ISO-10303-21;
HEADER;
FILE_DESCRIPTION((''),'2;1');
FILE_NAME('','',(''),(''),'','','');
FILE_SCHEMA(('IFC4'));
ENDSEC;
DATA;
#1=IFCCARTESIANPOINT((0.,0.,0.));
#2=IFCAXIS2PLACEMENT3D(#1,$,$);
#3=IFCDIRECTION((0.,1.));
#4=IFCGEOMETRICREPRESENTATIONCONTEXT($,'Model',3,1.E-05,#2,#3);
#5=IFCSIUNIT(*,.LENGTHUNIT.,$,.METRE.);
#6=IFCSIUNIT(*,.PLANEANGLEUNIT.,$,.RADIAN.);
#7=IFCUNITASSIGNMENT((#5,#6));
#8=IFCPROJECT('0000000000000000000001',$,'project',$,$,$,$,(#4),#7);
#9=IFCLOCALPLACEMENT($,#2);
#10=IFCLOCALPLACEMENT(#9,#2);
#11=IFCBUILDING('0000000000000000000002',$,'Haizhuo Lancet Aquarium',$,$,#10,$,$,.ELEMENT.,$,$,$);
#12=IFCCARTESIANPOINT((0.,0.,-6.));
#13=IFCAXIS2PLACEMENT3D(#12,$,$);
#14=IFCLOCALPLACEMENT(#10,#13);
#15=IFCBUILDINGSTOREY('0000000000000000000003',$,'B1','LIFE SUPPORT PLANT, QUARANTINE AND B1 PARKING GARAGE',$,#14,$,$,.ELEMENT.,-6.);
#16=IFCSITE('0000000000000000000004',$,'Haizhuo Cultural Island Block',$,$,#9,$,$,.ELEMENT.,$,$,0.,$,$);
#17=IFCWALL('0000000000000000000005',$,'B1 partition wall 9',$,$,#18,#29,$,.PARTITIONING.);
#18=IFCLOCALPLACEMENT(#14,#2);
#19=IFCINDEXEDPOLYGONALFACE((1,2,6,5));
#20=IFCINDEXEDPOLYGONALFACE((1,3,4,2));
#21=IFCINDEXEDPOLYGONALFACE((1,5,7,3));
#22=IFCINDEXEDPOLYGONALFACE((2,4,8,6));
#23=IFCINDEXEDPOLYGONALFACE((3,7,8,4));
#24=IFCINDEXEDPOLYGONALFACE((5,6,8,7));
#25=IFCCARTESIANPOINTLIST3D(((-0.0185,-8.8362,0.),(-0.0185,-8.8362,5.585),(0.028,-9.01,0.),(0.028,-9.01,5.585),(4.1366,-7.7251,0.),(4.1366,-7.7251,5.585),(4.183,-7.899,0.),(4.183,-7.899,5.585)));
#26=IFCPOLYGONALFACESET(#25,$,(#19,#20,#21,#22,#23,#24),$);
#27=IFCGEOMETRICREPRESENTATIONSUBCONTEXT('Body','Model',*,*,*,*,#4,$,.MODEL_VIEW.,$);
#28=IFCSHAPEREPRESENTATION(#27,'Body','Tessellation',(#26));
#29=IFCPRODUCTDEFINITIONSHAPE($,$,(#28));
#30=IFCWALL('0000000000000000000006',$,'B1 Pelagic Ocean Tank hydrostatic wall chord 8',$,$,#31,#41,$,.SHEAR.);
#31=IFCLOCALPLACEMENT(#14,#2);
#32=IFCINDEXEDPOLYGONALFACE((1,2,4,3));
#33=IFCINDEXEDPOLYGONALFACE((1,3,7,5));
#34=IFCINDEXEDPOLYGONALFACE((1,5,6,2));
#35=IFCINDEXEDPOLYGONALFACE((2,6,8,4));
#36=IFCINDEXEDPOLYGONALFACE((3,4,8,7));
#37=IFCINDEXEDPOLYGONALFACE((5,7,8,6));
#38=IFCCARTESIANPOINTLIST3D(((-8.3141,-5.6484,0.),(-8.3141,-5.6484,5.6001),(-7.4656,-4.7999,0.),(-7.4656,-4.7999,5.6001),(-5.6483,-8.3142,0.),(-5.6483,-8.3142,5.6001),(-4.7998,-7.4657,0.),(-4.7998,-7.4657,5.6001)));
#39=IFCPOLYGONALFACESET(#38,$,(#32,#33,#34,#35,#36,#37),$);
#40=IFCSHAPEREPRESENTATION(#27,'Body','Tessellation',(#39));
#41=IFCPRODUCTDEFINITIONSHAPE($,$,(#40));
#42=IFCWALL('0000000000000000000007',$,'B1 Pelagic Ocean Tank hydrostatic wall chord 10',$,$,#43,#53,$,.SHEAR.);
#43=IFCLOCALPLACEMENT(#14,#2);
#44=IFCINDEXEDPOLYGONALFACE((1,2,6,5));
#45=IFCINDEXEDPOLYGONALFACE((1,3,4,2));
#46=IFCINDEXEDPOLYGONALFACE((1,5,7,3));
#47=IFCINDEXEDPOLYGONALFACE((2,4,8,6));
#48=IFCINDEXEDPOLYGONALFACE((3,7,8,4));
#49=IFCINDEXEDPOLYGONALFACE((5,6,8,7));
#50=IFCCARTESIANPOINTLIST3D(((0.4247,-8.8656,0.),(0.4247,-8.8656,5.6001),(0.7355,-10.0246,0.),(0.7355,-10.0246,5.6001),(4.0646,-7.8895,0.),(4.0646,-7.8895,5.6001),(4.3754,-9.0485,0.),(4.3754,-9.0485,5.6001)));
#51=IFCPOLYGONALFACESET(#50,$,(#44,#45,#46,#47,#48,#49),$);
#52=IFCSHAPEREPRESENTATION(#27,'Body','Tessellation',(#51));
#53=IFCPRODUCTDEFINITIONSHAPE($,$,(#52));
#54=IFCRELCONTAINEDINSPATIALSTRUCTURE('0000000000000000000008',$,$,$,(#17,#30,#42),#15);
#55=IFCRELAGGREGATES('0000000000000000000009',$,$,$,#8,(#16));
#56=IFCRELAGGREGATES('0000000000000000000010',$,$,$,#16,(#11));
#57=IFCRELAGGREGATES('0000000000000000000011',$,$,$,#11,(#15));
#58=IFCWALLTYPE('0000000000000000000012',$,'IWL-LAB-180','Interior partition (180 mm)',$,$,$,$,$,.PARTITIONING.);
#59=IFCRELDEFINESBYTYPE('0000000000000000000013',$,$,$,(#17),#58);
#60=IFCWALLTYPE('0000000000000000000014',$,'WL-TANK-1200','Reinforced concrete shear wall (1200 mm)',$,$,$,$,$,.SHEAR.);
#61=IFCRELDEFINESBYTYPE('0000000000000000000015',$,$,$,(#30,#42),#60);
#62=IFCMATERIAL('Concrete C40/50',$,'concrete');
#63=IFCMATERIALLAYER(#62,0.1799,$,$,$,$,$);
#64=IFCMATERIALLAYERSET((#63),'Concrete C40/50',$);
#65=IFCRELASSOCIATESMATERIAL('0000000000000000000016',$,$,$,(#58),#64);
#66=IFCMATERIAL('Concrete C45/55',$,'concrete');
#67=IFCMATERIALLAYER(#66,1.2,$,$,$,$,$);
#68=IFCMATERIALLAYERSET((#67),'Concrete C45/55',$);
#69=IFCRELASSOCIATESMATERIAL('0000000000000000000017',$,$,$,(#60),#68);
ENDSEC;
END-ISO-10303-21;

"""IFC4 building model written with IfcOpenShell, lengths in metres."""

from ifc_helpers import new_model, si_unit, direction, frame, frame_2d, origin, place, context, subcontext, project, spatial, rectangle, extrude, material, layer, layer_set, type_object, element, save


model = new_model("IFC4")

# Units and contexts
model_context = context("Model", 3, precision=1e-05, world=origin(), true_north=direction((0.0, 1.0)))
body_context = subcontext(model_context, "Body", "Model", "MODEL_VIEW")
ifc_project = project(units=[si_unit("LENGTHUNIT", "METRE"), si_unit("PLANEANGLEUNIT", "RADIAN")], contexts=[model_context])

# Site, building, storey
site_placement = place(None, origin())
site = spatial("IfcSite", under=ifc_project, at=site_placement, Name="Haizhuo Cultural Island Block", CompositionType="ELEMENT", RefElevation=0.0)
building_placement = place(site_placement, origin())
building = spatial("IfcBuilding", under=site, at=building_placement, Name="Haizhuo Lancet Aquarium", CompositionType="ELEMENT")
storey_placement = place(building_placement, frame((0.0, 0.0, -6.0)))
storey = spatial("IfcBuildingStorey", under=building, at=storey_placement, Name="B1", Description="LIFE SUPPORT PLANT, QUARANTINE AND B1 PARKING GARAGE", CompositionType="ELEMENT", Elevation=-6.0)

# Shared definitions
ifc_material_1 = material(Name="Concrete C40/50", Category="concrete")

# Walls
ifc_layer_1 = layer(ifc_material_1, 0.1799)
ifc_layer_set_1 = layer_set([ifc_layer_1], Name="Concrete C40/50")
wall_type_1 = type_object("IfcWallType", Name="IWL-LAB-180", Description="Interior partition (180 mm)", PredefinedType="PARTITIONING", material=ifc_layer_set_1)
wall_1_placement = place(storey_placement, frame((0.0049, -8.9231, 0.0), z_axis=(0.0, 0.0, 1.0), x_axis=(0.966057, 0.25833, 0.0)))
element("IfcWall", 1, at=wall_1_placement, inside=storey, type_object=wall_type_1, Name="B1 partition wall 9", PredefinedType="PARTITIONING", context=body_context, shape_type="SweptSolid", body=[
    extrude(rectangle(XDim=4.301, YDim=0.1799, at=frame_2d((2.1504, 0.0))), origin(), (0.0, 0.0, 1.0), 5.585),
])
ifc_material_2 = material(Name="Concrete C45/55", Category="concrete")
ifc_layer_2 = layer(ifc_material_2, 1.2)
ifc_layer_set_2 = layer_set([ifc_layer_2], Name="Concrete C45/55")
wall_type_2 = type_object("IfcWallType", Name="WL-TANK-1200", Description="Reinforced concrete shear wall (1200 mm)", PredefinedType="SHEAR", material=ifc_layer_set_2)
wall_2_placement = place(storey_placement, frame((-7.8899, -5.2241, 0.0), z_axis=(0.0, 0.0, 1.0), x_axis=(0.707107, -0.707107, 0.0)))
element("IfcWall", 2, at=wall_2_placement, inside=storey, type_object=wall_type_2, Name="B1 Pelagic Ocean Tank hydrostatic wall chord 8", PredefinedType="SHEAR", context=body_context, shape_type="SweptSolid", body=[
    extrude(rectangle(XDim=3.77, YDim=1.2, at=frame_2d((1.885, 0.0))), origin(), (0.0, 0.0, 1.0), 5.6001),
])

# Wall
wall_3_placement = place(storey_placement, frame((0.5801, -9.4451, 0.0), z_axis=(0.0, 0.0, 1.0), x_axis=(0.965875, 0.259009, 0.0)))
element("IfcWall", 3, at=wall_3_placement, inside=storey, type_object=wall_type_2, Name="B1 Pelagic Ocean Tank hydrostatic wall chord 10", PredefinedType="SHEAR", context=body_context, shape_type="SweptSolid", body=[
    extrude(rectangle(XDim=3.7686, YDim=1.2, at=frame_2d((1.8843, 0.0))), origin(), (0.0, 0.0, 1.0), 5.6001),
])

save(model, "model.ifc")
